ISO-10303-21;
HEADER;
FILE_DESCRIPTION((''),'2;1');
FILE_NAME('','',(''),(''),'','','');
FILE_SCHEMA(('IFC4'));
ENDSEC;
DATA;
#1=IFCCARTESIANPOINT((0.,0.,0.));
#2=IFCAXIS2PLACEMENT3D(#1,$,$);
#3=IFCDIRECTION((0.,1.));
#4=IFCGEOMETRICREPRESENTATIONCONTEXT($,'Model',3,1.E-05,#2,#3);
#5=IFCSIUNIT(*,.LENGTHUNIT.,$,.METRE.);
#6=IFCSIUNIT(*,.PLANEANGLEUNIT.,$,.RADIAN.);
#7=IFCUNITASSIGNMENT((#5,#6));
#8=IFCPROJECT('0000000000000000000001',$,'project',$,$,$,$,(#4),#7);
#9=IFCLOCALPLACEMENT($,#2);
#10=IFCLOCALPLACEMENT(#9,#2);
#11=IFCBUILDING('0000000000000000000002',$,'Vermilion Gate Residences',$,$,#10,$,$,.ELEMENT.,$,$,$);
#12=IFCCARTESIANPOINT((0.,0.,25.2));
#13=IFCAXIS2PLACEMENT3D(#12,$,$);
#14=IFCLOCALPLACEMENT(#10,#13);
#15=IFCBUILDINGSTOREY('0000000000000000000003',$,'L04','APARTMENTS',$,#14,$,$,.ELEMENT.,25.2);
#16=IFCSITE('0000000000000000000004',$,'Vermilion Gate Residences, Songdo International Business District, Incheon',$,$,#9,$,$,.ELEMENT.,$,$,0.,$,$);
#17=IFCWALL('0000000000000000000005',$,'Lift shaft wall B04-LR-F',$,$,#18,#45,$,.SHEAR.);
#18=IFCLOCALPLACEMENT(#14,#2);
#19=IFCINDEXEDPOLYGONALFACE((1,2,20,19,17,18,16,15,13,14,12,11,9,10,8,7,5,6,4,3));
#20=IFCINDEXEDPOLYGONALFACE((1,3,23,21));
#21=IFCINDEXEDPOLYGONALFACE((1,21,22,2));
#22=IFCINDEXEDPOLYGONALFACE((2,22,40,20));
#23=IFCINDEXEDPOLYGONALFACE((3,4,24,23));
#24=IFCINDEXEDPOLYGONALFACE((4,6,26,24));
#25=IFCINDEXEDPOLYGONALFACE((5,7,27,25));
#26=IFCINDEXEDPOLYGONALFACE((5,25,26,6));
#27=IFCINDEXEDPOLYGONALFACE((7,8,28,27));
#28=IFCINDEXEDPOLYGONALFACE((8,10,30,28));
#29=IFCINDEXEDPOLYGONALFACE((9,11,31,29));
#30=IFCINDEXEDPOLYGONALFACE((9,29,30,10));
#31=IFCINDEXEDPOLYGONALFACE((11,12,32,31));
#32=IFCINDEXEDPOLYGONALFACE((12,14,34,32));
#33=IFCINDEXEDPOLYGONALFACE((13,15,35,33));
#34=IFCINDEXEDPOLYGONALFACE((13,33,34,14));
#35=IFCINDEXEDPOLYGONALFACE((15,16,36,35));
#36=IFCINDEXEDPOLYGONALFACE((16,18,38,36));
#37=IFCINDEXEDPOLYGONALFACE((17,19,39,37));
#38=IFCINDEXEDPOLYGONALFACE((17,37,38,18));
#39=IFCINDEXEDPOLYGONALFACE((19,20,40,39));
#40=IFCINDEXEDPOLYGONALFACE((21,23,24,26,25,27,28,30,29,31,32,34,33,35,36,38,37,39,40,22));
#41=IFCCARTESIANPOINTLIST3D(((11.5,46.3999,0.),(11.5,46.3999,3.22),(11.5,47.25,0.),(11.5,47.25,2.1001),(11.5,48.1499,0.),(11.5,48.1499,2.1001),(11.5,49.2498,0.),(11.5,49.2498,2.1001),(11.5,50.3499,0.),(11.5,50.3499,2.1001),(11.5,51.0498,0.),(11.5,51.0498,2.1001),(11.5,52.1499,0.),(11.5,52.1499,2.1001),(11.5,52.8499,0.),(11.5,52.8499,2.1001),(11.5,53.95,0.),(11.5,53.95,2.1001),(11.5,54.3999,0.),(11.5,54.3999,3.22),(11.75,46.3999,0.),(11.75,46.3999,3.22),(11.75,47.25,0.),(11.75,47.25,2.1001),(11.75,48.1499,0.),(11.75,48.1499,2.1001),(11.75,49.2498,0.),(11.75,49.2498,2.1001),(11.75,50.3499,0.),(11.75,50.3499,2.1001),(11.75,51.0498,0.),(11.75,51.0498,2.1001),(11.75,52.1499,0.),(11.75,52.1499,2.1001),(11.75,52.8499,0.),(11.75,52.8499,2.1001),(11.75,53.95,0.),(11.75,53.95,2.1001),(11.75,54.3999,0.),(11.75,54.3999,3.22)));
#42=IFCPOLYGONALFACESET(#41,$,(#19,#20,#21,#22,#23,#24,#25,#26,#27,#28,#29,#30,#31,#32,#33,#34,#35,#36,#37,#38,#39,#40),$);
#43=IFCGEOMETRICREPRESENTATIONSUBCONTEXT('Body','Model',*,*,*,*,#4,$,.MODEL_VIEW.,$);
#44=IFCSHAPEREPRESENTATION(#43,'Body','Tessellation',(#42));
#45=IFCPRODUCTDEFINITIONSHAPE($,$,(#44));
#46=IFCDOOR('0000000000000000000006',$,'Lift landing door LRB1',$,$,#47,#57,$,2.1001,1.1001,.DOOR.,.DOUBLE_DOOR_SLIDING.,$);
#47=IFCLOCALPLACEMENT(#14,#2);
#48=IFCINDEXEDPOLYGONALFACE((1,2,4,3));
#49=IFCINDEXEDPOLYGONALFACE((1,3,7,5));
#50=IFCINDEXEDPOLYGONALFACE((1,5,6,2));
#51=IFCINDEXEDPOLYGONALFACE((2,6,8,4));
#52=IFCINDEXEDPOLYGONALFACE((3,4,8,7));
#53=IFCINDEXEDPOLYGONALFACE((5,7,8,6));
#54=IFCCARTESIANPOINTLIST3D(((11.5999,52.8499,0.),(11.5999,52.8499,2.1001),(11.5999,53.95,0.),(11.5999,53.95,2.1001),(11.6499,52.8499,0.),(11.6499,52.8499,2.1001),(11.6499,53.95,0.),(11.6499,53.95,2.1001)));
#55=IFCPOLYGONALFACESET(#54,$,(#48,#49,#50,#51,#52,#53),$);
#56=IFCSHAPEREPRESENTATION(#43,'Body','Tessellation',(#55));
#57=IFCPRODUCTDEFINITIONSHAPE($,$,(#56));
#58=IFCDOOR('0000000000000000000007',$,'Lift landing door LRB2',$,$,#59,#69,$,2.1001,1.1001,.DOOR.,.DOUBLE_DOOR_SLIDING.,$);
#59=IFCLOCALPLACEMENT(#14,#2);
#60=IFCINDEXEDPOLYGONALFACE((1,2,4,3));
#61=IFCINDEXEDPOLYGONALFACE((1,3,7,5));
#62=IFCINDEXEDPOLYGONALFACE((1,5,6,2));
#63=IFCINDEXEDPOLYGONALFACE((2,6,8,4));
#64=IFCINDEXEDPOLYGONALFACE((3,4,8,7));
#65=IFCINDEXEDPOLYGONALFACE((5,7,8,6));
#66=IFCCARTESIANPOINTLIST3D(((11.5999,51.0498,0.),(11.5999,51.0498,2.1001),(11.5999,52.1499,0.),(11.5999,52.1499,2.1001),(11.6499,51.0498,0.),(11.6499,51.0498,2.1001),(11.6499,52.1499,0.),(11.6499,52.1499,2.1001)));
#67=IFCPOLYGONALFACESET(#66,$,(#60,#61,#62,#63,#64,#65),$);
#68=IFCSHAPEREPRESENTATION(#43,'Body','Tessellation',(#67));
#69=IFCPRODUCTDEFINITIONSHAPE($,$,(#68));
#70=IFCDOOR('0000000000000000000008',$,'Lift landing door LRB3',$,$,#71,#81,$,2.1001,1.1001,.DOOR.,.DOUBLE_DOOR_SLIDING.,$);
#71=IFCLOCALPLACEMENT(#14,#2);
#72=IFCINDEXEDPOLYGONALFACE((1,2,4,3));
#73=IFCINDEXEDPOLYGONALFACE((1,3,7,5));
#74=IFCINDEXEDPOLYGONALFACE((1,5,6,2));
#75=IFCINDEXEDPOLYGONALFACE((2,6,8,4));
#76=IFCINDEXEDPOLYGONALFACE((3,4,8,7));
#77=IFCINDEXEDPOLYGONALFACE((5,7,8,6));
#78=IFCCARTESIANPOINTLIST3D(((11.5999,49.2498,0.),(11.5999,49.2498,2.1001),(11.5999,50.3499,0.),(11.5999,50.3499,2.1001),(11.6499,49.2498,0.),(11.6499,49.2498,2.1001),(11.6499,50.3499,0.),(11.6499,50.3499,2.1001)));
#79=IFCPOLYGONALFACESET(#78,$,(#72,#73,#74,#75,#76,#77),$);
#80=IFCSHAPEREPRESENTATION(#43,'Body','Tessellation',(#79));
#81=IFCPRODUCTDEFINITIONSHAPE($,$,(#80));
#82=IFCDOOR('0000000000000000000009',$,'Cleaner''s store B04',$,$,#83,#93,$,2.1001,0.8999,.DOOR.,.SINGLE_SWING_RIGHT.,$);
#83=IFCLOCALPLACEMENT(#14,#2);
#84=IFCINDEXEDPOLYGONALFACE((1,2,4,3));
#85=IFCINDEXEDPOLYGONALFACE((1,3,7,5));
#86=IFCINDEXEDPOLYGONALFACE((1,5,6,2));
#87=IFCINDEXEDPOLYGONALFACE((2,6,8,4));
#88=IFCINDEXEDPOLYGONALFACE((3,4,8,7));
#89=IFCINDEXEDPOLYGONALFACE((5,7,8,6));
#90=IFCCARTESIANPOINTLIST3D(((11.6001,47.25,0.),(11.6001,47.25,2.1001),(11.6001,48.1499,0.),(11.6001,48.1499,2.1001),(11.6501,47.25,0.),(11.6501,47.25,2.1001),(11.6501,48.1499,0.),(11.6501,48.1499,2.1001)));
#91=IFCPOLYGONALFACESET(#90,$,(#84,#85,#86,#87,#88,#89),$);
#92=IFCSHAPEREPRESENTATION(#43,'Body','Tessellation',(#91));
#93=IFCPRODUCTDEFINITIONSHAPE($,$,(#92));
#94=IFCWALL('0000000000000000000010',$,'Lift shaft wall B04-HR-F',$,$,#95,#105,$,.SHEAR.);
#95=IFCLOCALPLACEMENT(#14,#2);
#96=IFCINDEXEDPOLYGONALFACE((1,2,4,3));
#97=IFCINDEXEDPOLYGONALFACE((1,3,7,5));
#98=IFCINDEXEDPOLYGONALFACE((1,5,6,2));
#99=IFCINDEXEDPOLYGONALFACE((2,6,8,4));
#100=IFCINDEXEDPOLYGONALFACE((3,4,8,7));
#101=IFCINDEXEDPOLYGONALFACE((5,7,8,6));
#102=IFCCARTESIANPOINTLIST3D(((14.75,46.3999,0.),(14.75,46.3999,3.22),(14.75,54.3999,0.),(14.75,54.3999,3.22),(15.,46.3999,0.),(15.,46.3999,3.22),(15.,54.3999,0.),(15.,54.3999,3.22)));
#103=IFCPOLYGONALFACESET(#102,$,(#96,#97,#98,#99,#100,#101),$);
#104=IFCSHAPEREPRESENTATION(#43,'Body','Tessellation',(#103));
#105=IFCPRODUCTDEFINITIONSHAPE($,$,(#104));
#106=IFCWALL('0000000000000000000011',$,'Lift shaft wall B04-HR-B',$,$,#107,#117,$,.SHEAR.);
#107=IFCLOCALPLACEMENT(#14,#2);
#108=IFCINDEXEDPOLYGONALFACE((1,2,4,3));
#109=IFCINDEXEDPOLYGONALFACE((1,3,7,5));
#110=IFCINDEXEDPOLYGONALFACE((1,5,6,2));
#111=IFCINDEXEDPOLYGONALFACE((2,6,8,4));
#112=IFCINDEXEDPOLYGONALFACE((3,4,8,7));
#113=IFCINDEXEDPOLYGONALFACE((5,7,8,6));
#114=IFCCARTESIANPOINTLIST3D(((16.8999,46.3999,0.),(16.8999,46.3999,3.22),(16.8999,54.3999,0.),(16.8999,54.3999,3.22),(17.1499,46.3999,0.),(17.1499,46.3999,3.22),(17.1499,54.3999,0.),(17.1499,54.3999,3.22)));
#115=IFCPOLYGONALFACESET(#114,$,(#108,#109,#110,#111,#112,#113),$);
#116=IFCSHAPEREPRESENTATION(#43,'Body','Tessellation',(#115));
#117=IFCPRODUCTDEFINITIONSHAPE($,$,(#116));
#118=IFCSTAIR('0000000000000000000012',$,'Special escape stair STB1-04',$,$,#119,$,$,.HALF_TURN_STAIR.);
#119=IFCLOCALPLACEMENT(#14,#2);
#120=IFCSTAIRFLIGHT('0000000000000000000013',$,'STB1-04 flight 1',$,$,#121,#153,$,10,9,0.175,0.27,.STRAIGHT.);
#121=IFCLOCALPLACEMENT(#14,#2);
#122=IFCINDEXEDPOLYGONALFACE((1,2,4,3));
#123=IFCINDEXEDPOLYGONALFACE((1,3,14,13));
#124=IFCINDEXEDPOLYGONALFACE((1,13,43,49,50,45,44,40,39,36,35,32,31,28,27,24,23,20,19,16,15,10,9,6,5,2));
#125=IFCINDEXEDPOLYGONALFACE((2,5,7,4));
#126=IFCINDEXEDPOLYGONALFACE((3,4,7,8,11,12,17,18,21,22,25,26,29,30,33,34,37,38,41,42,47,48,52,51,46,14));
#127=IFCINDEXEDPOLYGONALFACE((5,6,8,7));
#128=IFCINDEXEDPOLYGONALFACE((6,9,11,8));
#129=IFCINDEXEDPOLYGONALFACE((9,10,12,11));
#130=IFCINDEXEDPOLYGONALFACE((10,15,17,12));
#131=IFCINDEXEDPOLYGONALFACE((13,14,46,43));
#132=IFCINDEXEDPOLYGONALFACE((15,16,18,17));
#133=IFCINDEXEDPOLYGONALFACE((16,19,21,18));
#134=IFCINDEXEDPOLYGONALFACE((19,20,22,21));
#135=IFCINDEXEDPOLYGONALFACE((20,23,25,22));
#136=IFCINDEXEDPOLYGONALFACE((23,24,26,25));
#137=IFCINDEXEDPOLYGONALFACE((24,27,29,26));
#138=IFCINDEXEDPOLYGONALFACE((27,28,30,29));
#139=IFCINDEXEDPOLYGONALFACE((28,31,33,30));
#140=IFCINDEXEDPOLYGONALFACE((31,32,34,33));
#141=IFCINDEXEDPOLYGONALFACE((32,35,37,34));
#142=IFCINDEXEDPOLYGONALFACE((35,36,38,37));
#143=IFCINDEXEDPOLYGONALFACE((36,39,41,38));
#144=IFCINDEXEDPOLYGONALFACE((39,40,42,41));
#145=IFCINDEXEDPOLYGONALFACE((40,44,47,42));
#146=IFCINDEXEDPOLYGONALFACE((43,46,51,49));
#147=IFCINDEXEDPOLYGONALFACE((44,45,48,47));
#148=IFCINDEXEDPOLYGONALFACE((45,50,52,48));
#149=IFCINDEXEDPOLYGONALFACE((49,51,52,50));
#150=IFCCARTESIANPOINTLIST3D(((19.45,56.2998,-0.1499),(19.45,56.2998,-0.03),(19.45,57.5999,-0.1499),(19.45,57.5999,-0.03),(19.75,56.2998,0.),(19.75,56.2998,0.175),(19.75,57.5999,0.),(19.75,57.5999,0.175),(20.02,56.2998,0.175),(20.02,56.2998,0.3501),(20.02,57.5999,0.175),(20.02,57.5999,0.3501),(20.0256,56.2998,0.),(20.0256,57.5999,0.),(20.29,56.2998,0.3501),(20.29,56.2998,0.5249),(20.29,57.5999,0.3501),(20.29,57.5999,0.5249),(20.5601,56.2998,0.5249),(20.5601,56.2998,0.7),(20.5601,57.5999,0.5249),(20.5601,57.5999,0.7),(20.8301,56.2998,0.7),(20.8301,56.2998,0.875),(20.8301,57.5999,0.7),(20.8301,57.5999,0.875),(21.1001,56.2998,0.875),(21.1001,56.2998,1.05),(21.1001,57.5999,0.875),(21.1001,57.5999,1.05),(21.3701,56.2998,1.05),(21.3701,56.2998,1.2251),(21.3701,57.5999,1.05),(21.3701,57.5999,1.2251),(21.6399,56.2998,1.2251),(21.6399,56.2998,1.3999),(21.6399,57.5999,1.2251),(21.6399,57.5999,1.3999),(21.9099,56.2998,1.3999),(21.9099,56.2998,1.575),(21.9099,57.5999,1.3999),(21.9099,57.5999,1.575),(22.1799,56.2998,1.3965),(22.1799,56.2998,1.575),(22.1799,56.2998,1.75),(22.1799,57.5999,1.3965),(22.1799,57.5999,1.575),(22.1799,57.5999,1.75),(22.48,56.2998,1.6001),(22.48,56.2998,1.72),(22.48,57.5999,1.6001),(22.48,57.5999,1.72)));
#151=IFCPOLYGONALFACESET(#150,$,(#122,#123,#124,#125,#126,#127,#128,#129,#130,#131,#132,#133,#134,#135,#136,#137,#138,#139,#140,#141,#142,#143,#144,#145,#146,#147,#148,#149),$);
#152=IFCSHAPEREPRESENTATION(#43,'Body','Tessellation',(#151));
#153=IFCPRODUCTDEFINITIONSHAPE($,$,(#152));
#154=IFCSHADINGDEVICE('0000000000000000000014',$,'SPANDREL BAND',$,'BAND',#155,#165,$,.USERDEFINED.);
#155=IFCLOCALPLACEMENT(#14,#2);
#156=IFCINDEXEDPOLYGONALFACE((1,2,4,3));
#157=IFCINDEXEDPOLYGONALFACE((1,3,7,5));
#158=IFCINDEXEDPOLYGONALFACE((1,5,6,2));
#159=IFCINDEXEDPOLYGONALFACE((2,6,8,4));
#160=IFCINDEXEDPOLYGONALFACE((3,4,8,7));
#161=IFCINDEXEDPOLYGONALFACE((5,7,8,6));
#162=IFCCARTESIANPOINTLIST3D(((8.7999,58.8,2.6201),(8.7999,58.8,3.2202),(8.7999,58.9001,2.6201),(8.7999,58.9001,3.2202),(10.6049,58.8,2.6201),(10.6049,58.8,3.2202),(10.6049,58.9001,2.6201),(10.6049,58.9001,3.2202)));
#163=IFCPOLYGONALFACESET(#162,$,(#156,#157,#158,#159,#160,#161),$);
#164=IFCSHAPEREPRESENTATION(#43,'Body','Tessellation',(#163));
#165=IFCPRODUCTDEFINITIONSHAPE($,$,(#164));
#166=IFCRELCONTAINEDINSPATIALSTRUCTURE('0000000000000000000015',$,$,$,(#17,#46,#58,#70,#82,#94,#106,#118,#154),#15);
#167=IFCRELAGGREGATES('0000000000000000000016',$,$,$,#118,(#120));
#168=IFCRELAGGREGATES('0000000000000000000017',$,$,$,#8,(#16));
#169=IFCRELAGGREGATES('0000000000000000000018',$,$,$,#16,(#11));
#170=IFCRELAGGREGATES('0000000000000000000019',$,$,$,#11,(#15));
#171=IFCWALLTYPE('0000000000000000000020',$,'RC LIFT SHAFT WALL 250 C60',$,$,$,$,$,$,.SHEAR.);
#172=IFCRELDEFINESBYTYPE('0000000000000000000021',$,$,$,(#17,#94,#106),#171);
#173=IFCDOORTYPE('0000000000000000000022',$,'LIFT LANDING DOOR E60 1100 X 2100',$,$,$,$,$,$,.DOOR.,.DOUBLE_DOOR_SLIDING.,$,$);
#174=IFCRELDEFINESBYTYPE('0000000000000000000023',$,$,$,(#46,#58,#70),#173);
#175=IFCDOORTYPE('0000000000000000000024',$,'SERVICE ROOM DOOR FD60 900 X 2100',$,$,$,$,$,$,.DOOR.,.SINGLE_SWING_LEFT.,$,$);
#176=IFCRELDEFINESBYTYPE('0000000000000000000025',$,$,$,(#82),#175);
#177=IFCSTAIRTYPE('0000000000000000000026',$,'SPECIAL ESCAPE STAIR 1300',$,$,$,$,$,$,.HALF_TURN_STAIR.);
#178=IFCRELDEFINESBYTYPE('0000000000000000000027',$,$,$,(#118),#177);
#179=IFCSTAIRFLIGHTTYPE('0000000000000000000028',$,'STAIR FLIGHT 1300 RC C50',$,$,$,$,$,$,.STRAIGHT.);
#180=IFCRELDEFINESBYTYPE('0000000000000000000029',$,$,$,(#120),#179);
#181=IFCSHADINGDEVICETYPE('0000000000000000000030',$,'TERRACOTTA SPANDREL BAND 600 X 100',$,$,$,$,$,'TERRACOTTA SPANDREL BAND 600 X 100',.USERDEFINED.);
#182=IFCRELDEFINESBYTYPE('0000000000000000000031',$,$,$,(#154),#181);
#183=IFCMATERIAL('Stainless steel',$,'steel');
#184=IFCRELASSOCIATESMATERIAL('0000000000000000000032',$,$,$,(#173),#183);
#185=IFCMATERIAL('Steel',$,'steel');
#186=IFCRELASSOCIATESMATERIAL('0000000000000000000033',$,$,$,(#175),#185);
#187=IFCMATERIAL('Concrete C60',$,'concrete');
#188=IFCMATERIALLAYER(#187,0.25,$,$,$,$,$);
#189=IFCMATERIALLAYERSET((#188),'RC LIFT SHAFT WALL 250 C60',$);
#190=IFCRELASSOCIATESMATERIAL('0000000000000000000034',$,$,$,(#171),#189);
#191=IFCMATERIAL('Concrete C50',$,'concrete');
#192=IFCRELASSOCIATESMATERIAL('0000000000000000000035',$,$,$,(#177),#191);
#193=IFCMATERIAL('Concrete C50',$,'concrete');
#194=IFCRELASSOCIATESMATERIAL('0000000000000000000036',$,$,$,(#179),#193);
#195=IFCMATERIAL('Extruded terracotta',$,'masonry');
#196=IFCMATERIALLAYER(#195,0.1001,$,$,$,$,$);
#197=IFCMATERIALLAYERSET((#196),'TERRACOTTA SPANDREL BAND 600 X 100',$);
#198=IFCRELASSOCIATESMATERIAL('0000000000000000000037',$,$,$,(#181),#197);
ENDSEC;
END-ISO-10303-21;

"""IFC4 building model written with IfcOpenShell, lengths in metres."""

from ifc_helpers import new_model, si_unit, direction, frame, frame_2d, origin, origin_2d, place, context, subcontext, project, spatial, polyline, rectangle, outline, extrude, material, layer, layer_set, type_object, element, fill, aggregate, save


model = new_model("IFC4")

# Units and contexts
model_context = context("Model", 3, precision=1e-05, world=origin(), true_north=direction((0.0, 1.0)))
body_context = subcontext(model_context, "Body", "Model", "MODEL_VIEW")
ifc_project = project(units=[si_unit("LENGTHUNIT", "METRE"), si_unit("PLANEANGLEUNIT", "RADIAN")], contexts=[model_context])

# Site, building, storey
site_placement = place(None, origin())
site = spatial("IfcSite", under=ifc_project, at=site_placement, Name="Vermilion Gate Residences, Songdo International Business District, Incheon", CompositionType="ELEMENT", RefElevation=0.0)
building_placement = place(site_placement, origin())
building = spatial("IfcBuilding", under=site, at=building_placement, Name="Vermilion Gate Residences", CompositionType="ELEMENT")
storey_placement = place(building_placement, frame((0.0, 0.0, 25.2)))
storey = spatial("IfcBuildingStorey", under=building, at=storey_placement, Name="L04", Description="APARTMENTS", CompositionType="ELEMENT", Elevation=25.2)

# Shared definitions
ifc_material_1 = material(Name="Stainless steel", Category="steel")
door_type_1 = type_object("IfcDoorType", Name="LIFT LANDING DOOR E60 1100 X 2100", OperationType="DOUBLE_DOOR_SLIDING", PredefinedType="DOOR", material=ifc_material_1)
ifc_material_2 = material(Name="Steel", Category="steel")
door_type_2 = type_object("IfcDoorType", Name="SERVICE ROOM DOOR FD60 900 X 2100", OperationType="SINGLE_SWING_LEFT", PredefinedType="DOOR", material=ifc_material_2)

# Wall, openings, doors
ifc_material_3 = material(Name="Concrete C60", Category="concrete")
ifc_layer_1 = layer(ifc_material_3, 0.25)
ifc_layer_set_1 = layer_set([ifc_layer_1], Name="RC LIFT SHAFT WALL 250 C60")
wall_type_1 = type_object("IfcWallType", Name="RC LIFT SHAFT WALL 250 C60", PredefinedType="SHEAR", material=ifc_layer_set_1)
wall_1_placement = place(storey_placement, frame((11.625, 54.3999, 0.0), z_axis=(0.0, 0.0, 1.0), x_axis=(0.0, -1.0, 0.0)))
wall_1 = element("IfcWall", 1, at=wall_1_placement, inside=storey, type_object=wall_type_1, Name="Lift shaft wall B04-LR-F", PredefinedType="SHEAR", context=body_context, shape_type="SweptSolid", body=[
    extrude(rectangle(XDim=8.0, YDim=0.25, at=frame_2d((4.0, 0.0))), origin(), (0.0, 0.0, 1.0), 3.22),
])
opening_1_placement = place(wall_1_placement, frame((0.45, 0.0, 0.0)))
opening_1 = element("IfcOpeningElement", 2, at=opening_1_placement, cuts=wall_1, PredefinedType="OPENING", context=body_context, shape_type="SweptSolid", body=[
    extrude(rectangle(XDim=1.1001, YDim=2.1001, at=frame_2d((0.55, 1.05))), frame((0.0, 0.135, 0.0), z_axis=(0.0, -1.0, 0.0), x_axis=(1.0, 0.0, 0.0)), (0.0, 0.0, 1.0), 0.27),
])
opening_2_placement = place(wall_1_placement, frame((2.25, 0.0, 0.0)))
opening_2 = element("IfcOpeningElement", 3, at=opening_2_placement, cuts=wall_1, PredefinedType="OPENING", context=body_context, shape_type="SweptSolid", body=[
    extrude(rectangle(XDim=1.1001, YDim=2.1001, at=frame_2d((0.55, 1.05))), frame((0.0, 0.135, 0.0), z_axis=(0.0, -1.0, 0.0), x_axis=(1.0, 0.0, 0.0)), (0.0, 0.0, 1.0), 0.27),
])
opening_3_placement = place(wall_1_placement, frame((4.05, 0.0, 0.0)))
opening_3 = element("IfcOpeningElement", 4, at=opening_3_placement, cuts=wall_1, PredefinedType="OPENING", context=body_context, shape_type="SweptSolid", body=[
    extrude(rectangle(XDim=1.1001, YDim=2.1001, at=frame_2d((0.55, 1.05))), frame((0.0, 0.135, 0.0), z_axis=(0.0, -1.0, 0.0), x_axis=(1.0, 0.0, 0.0)), (0.0, 0.0, 1.0), 0.27),
])
opening_4_placement = place(wall_1_placement, frame((6.25, 0.0, 0.0)))
opening_4 = element("IfcOpeningElement", 5, at=opening_4_placement, cuts=wall_1, PredefinedType="OPENING", context=body_context, shape_type="SweptSolid", body=[
    extrude(rectangle(XDim=0.8999, YDim=2.1001, at=frame_2d((0.45, 1.05))), frame((0.0, 0.135, 0.0), z_axis=(0.0, -1.0, 0.0), x_axis=(1.0, 0.0, 0.0)), (0.0, 0.0, 1.0), 0.27),
])
door_1_placement = place(opening_1_placement, origin())
door_1 = element("IfcDoor", 6, at=door_1_placement, inside=storey, type_object=door_type_1, Name="Lift landing door LRB1", OperationType="DOUBLE_DOOR_SLIDING", OverallHeight=2.1001, OverallWidth=1.1001, PredefinedType="DOOR", context=body_context, shape_type="SweptSolid", body=[
    extrude(rectangle(XDim=1.1001, YDim=2.1001, at=frame_2d((0.55, 1.05))), frame((0.0, 0.0249, 0.0), z_axis=(0.0, -1.0, 0.0), x_axis=(1.0, 0.0, 0.0)), (0.0, 0.0, 1.0), 0.05),
])
fill(opening_1, door_1)
door_2_placement = place(opening_2_placement, origin())
door_2 = element("IfcDoor", 7, at=door_2_placement, inside=storey, type_object=door_type_1, Name="Lift landing door LRB2", OperationType="DOUBLE_DOOR_SLIDING", OverallHeight=2.1001, OverallWidth=1.1001, PredefinedType="DOOR", context=body_context, shape_type="SweptSolid", body=[
    extrude(rectangle(XDim=1.1001, YDim=2.1001, at=frame_2d((0.55, 1.05))), frame((0.0, 0.0249, 0.0), z_axis=(0.0, -1.0, 0.0), x_axis=(1.0, 0.0, 0.0)), (0.0, 0.0, 1.0), 0.05),
])
fill(opening_2, door_2)
door_3_placement = place(opening_3_placement, origin())
door_3 = element("IfcDoor", 8, at=door_3_placement, inside=storey, type_object=door_type_1, Name="Lift landing door LRB3", OperationType="DOUBLE_DOOR_SLIDING", OverallHeight=2.1001, OverallWidth=1.1001, PredefinedType="DOOR", context=body_context, shape_type="SweptSolid", body=[
    extrude(rectangle(XDim=1.1001, YDim=2.1001, at=frame_2d((0.55, 1.05))), frame((0.0, 0.0249, 0.0), z_axis=(0.0, -1.0, 0.0), x_axis=(1.0, 0.0, 0.0)), (0.0, 0.0, 1.0), 0.05),
])
fill(opening_3, door_3)
door_4_placement = place(opening_4_placement, frame((0.8999, 0.0, 0.0), z_axis=(0.0, 0.0, 1.0), x_axis=(-1.0, 0.0, 0.0)))
door_4 = element("IfcDoor", 9, at=door_4_placement, inside=storey, type_object=door_type_2, Name="Cleaner's store B04", OperationType="SINGLE_SWING_RIGHT", OverallHeight=2.1001, OverallWidth=0.8999, PredefinedType="DOOR", context=body_context, shape_type="SweptSolid", body=[
    extrude(rectangle(XDim=0.8999, YDim=2.1001, at=frame_2d((0.45, 1.05))), frame((0.0, 0.0249, 0.0), z_axis=(0.0, -1.0, 0.0), x_axis=(1.0, 0.0, 0.0)), (0.0, 0.0, 1.0), 0.05),
])
fill(opening_4, door_4)

# Walls
for number, where, z_axis, x_axis, name in (
    (10, (14.875, 54.3999, 0.0), (0.0, 0.0, 1.0), (0.0, -1.0, 0.0), "Lift shaft wall B04-HR-F"),
    (11, (17.0249, 54.3999, 0.0), (0.0, 0.0, 1.0), (0.0, -1.0, 0.0), "Lift shaft wall B04-HR-B"),
):
    element("IfcWall", number, at=place(storey_placement, frame(where, z_axis=z_axis, x_axis=x_axis)), inside=storey, type_object=wall_type_1, Name=name, PredefinedType="SHEAR", context=body_context, shape_type="SweptSolid", body=[
        extrude(rectangle(XDim=8.0, YDim=0.25, at=frame_2d((4.0, 0.0))), origin(), (0.0, 0.0, 1.0), 3.22),
    ])

# Stair, stair flight
ifc_material_4 = material(Name="Concrete C50", Category="concrete")
stair_type = type_object("IfcStairType", Name="SPECIAL ESCAPE STAIR 1300", PredefinedType="HALF_TURN_STAIR", material=ifc_material_4)
stair_placement = place(storey_placement, origin())
stair = element("IfcStair", 12, at=stair_placement, inside=storey, type_object=stair_type, Name="Special escape stair STB1-04", PredefinedType="HALF_TURN_STAIR")
ifc_material_5 = material(Name="Concrete C50", Category="concrete")
stair_flight_type = type_object("IfcStairFlightType", Name="STAIR FLIGHT 1300 RC C50", PredefinedType="STRAIGHT", material=ifc_material_5)
stair_flight_placement = place(storey_placement, frame((19.75, 56.95, 0.0), z_axis=(0.0, 0.0, 1.0), x_axis=(1.0, 0.0, 0.0)))
stair_flight = element("IfcStairFlight", 13, at=stair_flight_placement, type_object=stair_flight_type, Name="STB1-04 flight 1", NumberOfRisers=10, NumberOfTreads=9, PredefinedType="STRAIGHT", RiserHeight=0.175, TreadLength=0.27, context=body_context, shape_type="SweptSolid", body=[
    extrude(outline(polyline([(-0.3, -0.1499), (-0.3, -0.03), (0.0, 0.0), (0.0, 0.175), (0.27, 0.175), (0.27, 0.3501), (0.54, 0.3501), (0.54, 0.5249), (0.8101, 0.5249), (0.8101, 0.7), (1.0801, 0.7), (1.0801, 0.875), (1.3501, 0.875), (1.3501, 1.05), (1.6201, 1.05), (1.6201, 1.2251), (1.8899, 1.2251), (1.8899, 1.3999), (2.1599, 1.3999), (2.1599, 1.575), (2.4299, 1.575), (2.4299, 1.75), (2.73, 1.72), (2.73, 1.6001), (2.4299, 1.3965), (0.2756, 0.0), (-0.3, -0.1499)])), frame((0.0, 0.6499, 0.0), z_axis=(0.0, -1.0, 0.0), x_axis=(1.0, 0.0, 0.0)), (0.0, 0.0, 1.0), 1.3),
])
aggregate(stair, [stair_flight])

# Shading device
ifc_material_6 = material(Name="Extruded terracotta", Category="masonry")
ifc_layer_2 = layer(ifc_material_6, 0.1001)
ifc_layer_set_2 = layer_set([ifc_layer_2], Name="TERRACOTTA SPANDREL BAND 600 X 100")
shading_device_type = type_object("IfcShadingDeviceType", Name="TERRACOTTA SPANDREL BAND 600 X 100", ElementType="TERRACOTTA SPANDREL BAND 600 X 100", PredefinedType="USERDEFINED", material=ifc_layer_set_2)
shading_device_1_placement = place(storey_placement, frame((9.7024, 58.8501, 2.6201), z_axis=(0.0, 0.0, 1.0), x_axis=(1.0, 0.0, 0.0)))
element("IfcShadingDevice", 14, at=shading_device_1_placement, inside=storey, type_object=shading_device_type, Name="SPANDREL BAND", ObjectType="BAND", PredefinedType="USERDEFINED", context=body_context, shape_type="SweptSolid", body=[
    extrude(rectangle(XDim=1.8049, YDim=0.1001, at=origin_2d()), origin(), (0.0, 0.0, 1.0), 0.6001),
])

save(model, "model.ifc")
